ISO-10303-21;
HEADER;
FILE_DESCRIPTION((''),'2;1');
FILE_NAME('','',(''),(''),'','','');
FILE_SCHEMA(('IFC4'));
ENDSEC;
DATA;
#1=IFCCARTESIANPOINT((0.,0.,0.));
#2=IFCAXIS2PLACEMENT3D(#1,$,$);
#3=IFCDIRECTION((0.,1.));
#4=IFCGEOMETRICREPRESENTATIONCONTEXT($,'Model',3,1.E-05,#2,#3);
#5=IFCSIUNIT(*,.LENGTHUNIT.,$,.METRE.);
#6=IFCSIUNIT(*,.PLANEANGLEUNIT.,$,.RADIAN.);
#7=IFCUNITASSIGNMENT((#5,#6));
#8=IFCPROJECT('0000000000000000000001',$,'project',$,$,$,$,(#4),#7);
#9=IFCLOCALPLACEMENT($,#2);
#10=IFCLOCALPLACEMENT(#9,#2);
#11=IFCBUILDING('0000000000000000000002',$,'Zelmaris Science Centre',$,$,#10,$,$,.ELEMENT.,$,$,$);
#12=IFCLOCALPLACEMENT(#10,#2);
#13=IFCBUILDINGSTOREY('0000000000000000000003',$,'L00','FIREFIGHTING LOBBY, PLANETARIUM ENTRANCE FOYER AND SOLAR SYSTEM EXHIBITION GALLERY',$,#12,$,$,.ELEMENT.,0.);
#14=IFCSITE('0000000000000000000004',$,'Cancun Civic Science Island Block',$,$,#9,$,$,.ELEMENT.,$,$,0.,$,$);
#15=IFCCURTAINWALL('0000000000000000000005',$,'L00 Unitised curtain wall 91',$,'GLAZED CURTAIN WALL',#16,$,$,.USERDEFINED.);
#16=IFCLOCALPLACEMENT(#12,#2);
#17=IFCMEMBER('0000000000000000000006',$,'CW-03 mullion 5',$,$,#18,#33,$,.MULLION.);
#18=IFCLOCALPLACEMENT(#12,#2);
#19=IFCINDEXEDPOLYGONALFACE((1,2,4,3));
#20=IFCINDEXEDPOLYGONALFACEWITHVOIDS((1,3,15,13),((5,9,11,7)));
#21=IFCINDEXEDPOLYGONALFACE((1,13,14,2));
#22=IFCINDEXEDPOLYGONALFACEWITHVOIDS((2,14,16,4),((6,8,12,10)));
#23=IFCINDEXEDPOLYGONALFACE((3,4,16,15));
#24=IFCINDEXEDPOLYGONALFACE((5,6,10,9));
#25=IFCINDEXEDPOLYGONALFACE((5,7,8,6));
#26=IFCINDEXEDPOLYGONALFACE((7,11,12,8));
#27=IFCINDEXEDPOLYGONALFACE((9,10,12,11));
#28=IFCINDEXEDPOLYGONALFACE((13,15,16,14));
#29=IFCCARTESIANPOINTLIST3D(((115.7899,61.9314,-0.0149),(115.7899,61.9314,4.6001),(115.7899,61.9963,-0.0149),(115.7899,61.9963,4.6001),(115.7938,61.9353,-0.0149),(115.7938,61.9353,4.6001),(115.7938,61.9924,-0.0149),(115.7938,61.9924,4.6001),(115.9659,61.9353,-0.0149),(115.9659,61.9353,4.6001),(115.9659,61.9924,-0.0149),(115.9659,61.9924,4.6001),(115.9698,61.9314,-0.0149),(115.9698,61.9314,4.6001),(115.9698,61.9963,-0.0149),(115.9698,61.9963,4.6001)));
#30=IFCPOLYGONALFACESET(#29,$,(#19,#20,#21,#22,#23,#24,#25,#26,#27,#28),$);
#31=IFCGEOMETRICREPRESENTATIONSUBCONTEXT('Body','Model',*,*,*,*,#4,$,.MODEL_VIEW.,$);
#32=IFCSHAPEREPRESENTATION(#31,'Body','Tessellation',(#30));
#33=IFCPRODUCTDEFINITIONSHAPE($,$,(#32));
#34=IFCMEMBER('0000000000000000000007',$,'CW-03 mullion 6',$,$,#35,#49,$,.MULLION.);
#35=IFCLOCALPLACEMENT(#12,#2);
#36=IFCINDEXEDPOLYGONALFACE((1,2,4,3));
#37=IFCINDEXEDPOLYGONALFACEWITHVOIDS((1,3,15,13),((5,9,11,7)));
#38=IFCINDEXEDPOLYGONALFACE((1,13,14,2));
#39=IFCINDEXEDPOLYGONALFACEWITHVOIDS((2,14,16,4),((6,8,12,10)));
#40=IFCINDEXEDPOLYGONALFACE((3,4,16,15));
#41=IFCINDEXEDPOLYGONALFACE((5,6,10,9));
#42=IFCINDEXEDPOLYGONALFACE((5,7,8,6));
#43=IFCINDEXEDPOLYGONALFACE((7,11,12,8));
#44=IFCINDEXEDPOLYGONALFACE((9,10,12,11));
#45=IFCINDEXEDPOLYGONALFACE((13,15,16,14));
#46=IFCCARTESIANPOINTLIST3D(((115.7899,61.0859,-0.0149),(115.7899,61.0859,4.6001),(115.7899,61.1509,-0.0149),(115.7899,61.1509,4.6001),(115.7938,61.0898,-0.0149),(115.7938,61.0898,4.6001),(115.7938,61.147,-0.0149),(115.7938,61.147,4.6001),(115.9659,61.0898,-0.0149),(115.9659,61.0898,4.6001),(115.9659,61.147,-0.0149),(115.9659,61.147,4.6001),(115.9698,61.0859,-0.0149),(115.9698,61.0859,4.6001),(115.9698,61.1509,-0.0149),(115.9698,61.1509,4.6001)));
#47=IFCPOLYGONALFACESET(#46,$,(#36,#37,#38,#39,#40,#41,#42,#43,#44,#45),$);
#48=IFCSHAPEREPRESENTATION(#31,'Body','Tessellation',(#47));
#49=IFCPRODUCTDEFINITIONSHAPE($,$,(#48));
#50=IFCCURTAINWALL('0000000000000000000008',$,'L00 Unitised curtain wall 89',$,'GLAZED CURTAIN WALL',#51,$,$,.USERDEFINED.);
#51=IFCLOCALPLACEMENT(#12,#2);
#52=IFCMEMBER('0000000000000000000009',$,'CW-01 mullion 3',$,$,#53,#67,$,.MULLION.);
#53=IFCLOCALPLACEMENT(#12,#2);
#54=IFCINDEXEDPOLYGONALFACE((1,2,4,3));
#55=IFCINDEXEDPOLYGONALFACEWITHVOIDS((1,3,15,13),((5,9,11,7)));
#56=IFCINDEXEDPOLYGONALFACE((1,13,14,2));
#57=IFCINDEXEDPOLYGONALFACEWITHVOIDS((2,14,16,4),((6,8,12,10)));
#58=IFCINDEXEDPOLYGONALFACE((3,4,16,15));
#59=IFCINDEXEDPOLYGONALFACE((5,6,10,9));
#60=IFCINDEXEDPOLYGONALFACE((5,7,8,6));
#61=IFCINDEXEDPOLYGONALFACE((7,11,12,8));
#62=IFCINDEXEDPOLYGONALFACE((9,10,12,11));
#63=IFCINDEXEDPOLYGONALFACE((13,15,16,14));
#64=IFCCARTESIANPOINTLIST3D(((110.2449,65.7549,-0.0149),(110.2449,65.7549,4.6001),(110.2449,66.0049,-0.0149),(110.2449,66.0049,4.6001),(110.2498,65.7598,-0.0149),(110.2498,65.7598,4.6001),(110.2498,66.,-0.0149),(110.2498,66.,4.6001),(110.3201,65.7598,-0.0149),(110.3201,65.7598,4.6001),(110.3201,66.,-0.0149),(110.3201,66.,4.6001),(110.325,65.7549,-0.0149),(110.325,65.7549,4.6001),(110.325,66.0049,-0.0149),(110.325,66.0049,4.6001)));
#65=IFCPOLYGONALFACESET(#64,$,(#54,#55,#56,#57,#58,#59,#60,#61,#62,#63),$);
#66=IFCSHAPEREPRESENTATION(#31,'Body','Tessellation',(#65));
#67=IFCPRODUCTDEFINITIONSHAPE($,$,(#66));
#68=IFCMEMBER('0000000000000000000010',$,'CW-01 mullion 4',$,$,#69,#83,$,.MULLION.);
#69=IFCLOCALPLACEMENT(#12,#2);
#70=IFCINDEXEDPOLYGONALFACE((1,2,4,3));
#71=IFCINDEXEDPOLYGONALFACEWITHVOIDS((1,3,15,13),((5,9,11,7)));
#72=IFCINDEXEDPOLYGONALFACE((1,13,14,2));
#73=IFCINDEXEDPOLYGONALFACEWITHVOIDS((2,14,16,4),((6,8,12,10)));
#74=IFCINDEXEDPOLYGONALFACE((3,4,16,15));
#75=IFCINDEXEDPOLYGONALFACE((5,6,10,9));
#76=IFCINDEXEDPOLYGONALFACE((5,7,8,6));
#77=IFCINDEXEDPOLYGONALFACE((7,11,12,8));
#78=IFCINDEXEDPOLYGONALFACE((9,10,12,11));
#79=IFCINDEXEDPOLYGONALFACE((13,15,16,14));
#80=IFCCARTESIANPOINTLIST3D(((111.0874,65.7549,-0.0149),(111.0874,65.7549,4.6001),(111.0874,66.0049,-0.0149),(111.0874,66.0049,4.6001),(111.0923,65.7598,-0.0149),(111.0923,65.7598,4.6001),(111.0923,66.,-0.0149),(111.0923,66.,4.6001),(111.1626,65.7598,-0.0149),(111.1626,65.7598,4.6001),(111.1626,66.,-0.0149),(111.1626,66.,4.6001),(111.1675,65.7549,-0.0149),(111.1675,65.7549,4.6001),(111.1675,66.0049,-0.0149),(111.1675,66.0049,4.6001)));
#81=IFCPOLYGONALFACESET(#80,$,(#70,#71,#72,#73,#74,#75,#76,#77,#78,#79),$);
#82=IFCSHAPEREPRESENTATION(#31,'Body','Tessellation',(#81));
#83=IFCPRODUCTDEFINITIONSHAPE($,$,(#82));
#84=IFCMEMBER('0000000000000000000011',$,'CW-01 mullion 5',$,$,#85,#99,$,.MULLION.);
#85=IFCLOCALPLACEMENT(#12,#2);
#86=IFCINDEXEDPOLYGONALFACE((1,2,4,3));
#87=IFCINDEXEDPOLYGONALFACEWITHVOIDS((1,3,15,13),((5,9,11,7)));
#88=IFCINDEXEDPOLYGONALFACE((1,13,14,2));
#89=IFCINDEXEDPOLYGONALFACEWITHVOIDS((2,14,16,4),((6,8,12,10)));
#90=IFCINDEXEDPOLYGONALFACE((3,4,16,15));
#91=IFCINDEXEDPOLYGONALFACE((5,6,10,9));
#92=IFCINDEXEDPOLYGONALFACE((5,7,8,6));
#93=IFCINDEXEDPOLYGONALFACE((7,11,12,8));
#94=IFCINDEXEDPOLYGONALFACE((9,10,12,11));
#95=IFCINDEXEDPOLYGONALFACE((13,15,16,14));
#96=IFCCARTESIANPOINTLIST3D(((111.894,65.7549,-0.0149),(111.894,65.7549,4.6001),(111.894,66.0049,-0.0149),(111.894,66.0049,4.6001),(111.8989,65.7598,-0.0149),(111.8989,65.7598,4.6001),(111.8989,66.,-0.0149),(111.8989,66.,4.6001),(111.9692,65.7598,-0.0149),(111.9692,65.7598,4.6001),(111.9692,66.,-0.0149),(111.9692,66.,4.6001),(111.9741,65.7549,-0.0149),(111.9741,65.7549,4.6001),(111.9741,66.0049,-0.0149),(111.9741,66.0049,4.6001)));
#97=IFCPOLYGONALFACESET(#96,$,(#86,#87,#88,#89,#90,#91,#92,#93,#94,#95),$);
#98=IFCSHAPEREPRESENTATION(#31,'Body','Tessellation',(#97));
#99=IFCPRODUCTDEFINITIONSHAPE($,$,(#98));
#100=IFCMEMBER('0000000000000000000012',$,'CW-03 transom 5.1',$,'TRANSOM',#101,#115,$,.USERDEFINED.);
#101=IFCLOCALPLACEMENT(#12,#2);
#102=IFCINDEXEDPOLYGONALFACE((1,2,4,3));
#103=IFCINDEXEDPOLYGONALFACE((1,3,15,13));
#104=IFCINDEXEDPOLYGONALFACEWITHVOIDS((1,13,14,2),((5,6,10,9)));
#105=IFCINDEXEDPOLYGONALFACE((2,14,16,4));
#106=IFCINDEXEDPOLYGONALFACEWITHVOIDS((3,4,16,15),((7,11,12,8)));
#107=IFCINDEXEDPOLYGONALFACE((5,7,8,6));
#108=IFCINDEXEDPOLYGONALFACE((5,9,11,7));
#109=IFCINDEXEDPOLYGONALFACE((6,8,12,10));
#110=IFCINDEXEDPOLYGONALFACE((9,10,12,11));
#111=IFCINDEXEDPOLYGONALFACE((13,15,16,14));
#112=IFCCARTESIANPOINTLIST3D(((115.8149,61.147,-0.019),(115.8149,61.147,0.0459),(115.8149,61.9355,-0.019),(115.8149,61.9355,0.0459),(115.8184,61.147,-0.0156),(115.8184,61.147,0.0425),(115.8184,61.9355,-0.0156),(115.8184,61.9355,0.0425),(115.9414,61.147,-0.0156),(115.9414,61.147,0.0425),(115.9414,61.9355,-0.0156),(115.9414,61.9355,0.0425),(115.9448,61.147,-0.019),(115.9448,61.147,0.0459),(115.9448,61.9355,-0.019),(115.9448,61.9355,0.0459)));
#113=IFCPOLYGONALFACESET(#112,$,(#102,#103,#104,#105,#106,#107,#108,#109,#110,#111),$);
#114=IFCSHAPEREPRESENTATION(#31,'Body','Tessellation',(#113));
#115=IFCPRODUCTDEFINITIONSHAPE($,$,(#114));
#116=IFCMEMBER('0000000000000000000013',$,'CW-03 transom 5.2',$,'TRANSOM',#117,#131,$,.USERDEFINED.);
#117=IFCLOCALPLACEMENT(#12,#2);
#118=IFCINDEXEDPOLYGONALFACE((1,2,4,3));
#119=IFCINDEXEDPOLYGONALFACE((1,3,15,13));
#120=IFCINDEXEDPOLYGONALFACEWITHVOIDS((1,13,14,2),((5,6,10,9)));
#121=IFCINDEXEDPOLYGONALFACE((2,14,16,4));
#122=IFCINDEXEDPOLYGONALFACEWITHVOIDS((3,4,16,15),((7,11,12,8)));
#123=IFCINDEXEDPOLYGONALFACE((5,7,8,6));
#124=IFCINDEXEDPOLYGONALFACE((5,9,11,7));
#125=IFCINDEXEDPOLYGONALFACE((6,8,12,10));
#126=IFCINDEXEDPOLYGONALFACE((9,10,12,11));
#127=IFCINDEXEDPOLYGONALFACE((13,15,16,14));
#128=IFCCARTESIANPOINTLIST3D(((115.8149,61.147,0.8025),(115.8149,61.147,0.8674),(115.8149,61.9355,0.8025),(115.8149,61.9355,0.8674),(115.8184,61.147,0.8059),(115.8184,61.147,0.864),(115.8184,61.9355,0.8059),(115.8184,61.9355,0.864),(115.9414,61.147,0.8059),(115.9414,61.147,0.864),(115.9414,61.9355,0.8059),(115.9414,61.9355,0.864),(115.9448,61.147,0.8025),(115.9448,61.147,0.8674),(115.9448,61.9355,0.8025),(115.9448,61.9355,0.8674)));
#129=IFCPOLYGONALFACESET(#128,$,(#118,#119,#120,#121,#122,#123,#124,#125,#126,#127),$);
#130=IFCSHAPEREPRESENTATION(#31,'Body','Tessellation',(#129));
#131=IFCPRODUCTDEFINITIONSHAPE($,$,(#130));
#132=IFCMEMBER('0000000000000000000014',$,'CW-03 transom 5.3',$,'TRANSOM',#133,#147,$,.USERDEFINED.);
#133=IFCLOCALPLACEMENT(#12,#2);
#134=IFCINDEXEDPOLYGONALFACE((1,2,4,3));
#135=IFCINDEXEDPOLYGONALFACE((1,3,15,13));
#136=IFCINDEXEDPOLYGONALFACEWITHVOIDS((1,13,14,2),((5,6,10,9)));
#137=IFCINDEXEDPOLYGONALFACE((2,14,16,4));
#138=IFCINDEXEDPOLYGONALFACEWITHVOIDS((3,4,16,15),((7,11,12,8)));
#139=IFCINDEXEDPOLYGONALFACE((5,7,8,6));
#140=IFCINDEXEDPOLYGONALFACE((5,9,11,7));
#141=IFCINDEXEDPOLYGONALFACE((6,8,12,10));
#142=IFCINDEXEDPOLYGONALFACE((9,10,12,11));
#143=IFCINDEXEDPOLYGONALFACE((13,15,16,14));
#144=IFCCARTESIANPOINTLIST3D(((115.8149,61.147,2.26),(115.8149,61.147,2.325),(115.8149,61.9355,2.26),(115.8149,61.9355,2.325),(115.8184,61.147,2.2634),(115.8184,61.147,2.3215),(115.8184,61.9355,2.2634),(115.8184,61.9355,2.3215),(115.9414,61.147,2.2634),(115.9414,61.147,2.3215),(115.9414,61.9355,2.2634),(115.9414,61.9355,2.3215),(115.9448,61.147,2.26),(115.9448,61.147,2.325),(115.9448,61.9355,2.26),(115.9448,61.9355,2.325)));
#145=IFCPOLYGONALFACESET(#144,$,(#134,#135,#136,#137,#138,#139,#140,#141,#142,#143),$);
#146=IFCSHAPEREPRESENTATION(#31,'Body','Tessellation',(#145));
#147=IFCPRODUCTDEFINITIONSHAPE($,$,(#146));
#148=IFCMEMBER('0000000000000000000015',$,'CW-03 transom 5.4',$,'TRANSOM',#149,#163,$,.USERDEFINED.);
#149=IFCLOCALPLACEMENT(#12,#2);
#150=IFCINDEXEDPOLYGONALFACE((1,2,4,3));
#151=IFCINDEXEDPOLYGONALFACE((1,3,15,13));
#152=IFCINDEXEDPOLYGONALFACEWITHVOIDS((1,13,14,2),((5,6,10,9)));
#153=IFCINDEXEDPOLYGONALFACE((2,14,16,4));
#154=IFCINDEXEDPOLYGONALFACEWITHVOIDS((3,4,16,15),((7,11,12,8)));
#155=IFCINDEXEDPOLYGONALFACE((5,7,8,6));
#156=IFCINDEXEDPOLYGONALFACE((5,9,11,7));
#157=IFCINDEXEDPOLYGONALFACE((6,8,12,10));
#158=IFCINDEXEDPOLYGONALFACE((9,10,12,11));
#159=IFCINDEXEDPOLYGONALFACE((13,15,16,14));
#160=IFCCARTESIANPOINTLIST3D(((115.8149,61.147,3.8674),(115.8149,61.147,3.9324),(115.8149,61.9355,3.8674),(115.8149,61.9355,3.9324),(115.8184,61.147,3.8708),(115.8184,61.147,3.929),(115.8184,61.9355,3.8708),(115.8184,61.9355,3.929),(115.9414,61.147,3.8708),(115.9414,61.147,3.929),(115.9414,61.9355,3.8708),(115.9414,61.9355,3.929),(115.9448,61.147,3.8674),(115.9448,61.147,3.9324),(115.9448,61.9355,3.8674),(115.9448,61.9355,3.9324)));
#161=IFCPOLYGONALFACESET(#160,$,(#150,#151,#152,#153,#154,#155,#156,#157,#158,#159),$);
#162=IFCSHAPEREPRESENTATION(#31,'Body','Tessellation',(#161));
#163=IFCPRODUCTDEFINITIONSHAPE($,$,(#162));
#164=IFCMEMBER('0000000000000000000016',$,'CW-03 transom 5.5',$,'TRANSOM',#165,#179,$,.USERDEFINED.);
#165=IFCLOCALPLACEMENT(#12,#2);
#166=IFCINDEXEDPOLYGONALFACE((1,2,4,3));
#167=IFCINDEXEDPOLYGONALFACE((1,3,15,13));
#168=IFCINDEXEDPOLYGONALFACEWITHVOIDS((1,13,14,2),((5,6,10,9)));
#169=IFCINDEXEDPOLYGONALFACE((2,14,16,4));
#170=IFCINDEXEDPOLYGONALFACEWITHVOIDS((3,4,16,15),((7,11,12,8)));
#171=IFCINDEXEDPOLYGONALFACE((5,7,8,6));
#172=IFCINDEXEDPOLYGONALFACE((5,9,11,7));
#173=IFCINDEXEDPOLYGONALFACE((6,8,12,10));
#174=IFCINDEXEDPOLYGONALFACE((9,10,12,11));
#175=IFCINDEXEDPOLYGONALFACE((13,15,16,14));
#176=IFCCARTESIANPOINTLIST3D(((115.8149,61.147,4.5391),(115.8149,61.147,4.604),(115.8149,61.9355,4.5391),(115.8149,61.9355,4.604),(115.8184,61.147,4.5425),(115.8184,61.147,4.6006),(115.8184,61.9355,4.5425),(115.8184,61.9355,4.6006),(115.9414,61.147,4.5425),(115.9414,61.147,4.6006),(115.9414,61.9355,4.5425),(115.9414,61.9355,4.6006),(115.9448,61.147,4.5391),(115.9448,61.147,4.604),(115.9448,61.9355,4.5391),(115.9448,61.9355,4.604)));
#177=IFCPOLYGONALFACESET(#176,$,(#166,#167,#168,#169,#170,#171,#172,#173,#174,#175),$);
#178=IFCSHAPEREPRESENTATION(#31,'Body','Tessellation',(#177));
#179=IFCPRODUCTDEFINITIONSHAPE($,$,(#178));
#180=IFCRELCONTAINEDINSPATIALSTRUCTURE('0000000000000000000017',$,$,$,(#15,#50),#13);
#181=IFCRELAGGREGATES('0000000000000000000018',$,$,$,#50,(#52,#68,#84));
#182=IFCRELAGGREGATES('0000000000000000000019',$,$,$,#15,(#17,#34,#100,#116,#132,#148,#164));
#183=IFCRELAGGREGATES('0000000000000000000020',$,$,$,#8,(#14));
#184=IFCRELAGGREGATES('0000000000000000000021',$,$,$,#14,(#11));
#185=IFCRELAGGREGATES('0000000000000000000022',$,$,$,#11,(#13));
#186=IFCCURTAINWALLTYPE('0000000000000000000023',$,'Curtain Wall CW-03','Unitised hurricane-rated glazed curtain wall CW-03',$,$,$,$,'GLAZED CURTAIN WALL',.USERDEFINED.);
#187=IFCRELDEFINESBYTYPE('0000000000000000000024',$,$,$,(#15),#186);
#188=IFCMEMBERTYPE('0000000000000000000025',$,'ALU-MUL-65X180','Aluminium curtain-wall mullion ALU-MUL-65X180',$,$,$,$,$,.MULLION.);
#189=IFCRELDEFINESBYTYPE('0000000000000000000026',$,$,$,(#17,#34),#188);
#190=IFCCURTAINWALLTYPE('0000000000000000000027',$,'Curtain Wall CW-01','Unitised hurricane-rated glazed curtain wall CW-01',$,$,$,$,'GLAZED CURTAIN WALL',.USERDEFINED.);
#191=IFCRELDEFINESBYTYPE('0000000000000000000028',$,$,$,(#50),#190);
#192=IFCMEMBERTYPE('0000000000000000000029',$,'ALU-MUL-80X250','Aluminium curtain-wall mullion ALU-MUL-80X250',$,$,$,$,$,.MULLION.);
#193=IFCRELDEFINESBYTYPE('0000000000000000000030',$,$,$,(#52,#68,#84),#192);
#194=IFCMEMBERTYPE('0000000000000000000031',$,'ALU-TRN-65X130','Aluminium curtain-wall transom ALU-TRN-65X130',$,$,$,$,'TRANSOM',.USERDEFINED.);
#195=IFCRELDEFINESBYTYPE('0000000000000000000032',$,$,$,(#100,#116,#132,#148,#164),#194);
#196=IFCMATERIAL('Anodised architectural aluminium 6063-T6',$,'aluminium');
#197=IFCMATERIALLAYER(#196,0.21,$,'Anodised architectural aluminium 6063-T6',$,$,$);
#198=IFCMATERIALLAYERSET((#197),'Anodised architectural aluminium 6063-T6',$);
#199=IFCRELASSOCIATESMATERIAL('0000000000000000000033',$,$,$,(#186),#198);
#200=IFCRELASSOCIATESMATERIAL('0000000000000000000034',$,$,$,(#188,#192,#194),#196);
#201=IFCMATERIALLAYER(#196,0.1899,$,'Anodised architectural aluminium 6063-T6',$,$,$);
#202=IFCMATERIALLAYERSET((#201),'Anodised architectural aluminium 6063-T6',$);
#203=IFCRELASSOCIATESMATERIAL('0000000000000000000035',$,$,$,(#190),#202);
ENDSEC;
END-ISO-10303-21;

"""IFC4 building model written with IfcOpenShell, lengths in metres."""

from ifc_helpers import new_model, si_unit, direction, frame, origin, origin_2d, place, context, subcontext, project, spatial, hollow_rectangle, extrude, material, layer, layer_set, material_profile, profile_set, type_object, element, aggregate, save


model = new_model("IFC4")

# Units and contexts
model_context = context("Model", 3, precision=1e-05, world=origin(), true_north=direction((0.0, 1.0)))
body_context = subcontext(model_context, "Body", "Model", "MODEL_VIEW")
ifc_project = project(units=[si_unit("LENGTHUNIT", "METRE"), si_unit("PLANEANGLEUNIT", "RADIAN")], contexts=[model_context])

# Site, building, storey
site_placement = place(None, origin())
site = spatial("IfcSite", under=ifc_project, at=site_placement, Name="Cancun Civic Science Island Block", CompositionType="ELEMENT", RefElevation=0.0)
building_placement = place(site_placement, origin())
building = spatial("IfcBuilding", under=site, at=building_placement, Name="Zelmaris Science Centre", CompositionType="ELEMENT")
storey_placement = place(building_placement, origin())
storey = spatial("IfcBuildingStorey", under=building, at=storey_placement, Name="L00", Description="FIREFIGHTING LOBBY, PLANETARIUM ENTRANCE FOYER AND SOLAR SYSTEM EXHIBITION GALLERY", CompositionType="ELEMENT", Elevation=0.0)

# Curtain walls, members
ifc_material_1 = material(Name="Anodised architectural aluminium 6063-T6", Category="aluminium")
ifc_layer_1 = layer(ifc_material_1, 0.21, Name="Anodised architectural aluminium 6063-T6")
ifc_layer_set_1 = layer_set([ifc_layer_1], Name="Anodised architectural aluminium 6063-T6")
curtain_wall_type_1 = type_object("IfcCurtainWallType", Name="Curtain Wall CW-03", Description="Unitised hurricane-rated glazed curtain wall CW-03", ElementType="GLAZED CURTAIN WALL", PredefinedType="USERDEFINED", material=ifc_layer_set_1)
curtain_wall_1_placement = place(storey_placement, origin())
curtain_wall_1 = element("IfcCurtainWall", 1, at=curtain_wall_1_placement, inside=storey, type_object=curtain_wall_type_1, Name="L00 Unitised curtain wall 91", ObjectType="GLAZED CURTAIN WALL", PredefinedType="USERDEFINED")
ifc_material_profile_1 = material_profile(ifc_material_1, hollow_rectangle(XDim=0.0649, YDim=0.1799, WallThickness=0.0039, at=origin_2d()), Name="ALU-MUL-65X180")
ifc_profile_set_1 = profile_set([ifc_material_profile_1], Name="Anodised architectural aluminium 6063-T6")
member_type_1 = type_object("IfcMemberType", Name="ALU-MUL-65X180", Description="Aluminium curtain-wall mullion ALU-MUL-65X180", PredefinedType="MULLION", material=ifc_profile_set_1)
member_1_placement = place(storey_placement, frame((115.8799, 61.9639, -0.0149), z_axis=(0.0, 0.0, 1.0), x_axis=(0.000007, -1.0, 0.0)))
member_1 = element("IfcMember", 2, at=member_1_placement, type_object=member_type_1, Name="CW-03 mullion 5", PredefinedType="MULLION", context=body_context, shape_type="SweptSolid", body=[
    extrude(hollow_rectangle(XDim=0.0649, YDim=0.1799, WallThickness=0.0039, at=origin_2d()), origin(), (0.0, 0.0, 1.0), 4.615),
])
member_2_placement = place(storey_placement, frame((115.8799, 61.1184, -0.0149), z_axis=(0.0, 0.0, 1.0), x_axis=(0.000007, -1.0, 0.0)))
member_2 = element("IfcMember", 3, at=member_2_placement, type_object=member_type_1, Name="CW-03 mullion 6", PredefinedType="MULLION", context=body_context, shape_type="SweptSolid", body=[
    extrude(hollow_rectangle(XDim=0.0649, YDim=0.1799, WallThickness=0.0039, at=origin_2d()), origin(), (0.0, 0.0, 1.0), 4.615),
])
ifc_layer_2 = layer(ifc_material_1, 0.1899, Name="Anodised architectural aluminium 6063-T6")
ifc_layer_set_2 = layer_set([ifc_layer_2], Name="Anodised architectural aluminium 6063-T6")
curtain_wall_type_2 = type_object("IfcCurtainWallType", Name="Curtain Wall CW-01", Description="Unitised hurricane-rated glazed curtain wall CW-01", ElementType="GLAZED CURTAIN WALL", PredefinedType="USERDEFINED", material=ifc_layer_set_2)
curtain_wall_2_placement = place(storey_placement, origin())
curtain_wall_2 = element("IfcCurtainWall", 4, at=curtain_wall_2_placement, inside=storey, type_object=curtain_wall_type_2, Name="L00 Unitised curtain wall 89", ObjectType="GLAZED CURTAIN WALL", PredefinedType="USERDEFINED")
ifc_material_profile_2 = material_profile(ifc_material_1, hollow_rectangle(XDim=0.0801, YDim=0.25, WallThickness=0.0049, at=origin_2d()), Name="ALU-MUL-80X250")
ifc_profile_set_2 = profile_set([ifc_material_profile_2], Name="Anodised architectural aluminium 6063-T6")
member_type_2 = type_object("IfcMemberType", Name="ALU-MUL-80X250", Description="Aluminium curtain-wall mullion ALU-MUL-80X250", PredefinedType="MULLION", material=ifc_profile_set_2)
member_3_placement = place(storey_placement, frame((110.2849, 65.8799, -0.0149), z_axis=(0.0, 0.0, 1.0), x_axis=(1.0, -0.000009, 0.0)))
member_3 = element("IfcMember", 5, at=member_3_placement, type_object=member_type_2, Name="CW-01 mullion 3", PredefinedType="MULLION", context=body_context, shape_type="SweptSolid", body=[
    extrude(hollow_rectangle(XDim=0.0801, YDim=0.25, WallThickness=0.0049, at=origin_2d()), origin(), (0.0, 0.0, 1.0), 4.615),
])
member_4_placement = place(storey_placement, frame((111.1274, 65.8799, -0.0149), z_axis=(0.0, 0.0, 1.0), x_axis=(1.0, -0.000009, 0.0)))
member_4 = element("IfcMember", 6, at=member_4_placement, type_object=member_type_2, Name="CW-01 mullion 4", PredefinedType="MULLION", context=body_context, shape_type="SweptSolid", body=[
    extrude(hollow_rectangle(XDim=0.0801, YDim=0.25, WallThickness=0.0049, at=origin_2d()), origin(), (0.0, 0.0, 1.0), 4.615),
])
member_5_placement = place(storey_placement, frame((111.9341, 65.8799, -0.0149), z_axis=(0.0, 0.0, 1.0), x_axis=(1.0, -0.000009, 0.0)))
member_5 = element("IfcMember", 7, at=member_5_placement, type_object=member_type_2, Name="CW-01 mullion 5", PredefinedType="MULLION", context=body_context, shape_type="SweptSolid", body=[
    extrude(hollow_rectangle(XDim=0.0801, YDim=0.25, WallThickness=0.0049, at=origin_2d()), origin(), (0.0, 0.0, 1.0), 4.615),
])

# Members
ifc_material_profile_3 = material_profile(ifc_material_1, hollow_rectangle(XDim=0.0649, YDim=0.1299, WallThickness=0.0034, at=origin_2d()), Name="ALU-TRN-65X130")
ifc_profile_set_3 = profile_set([ifc_material_profile_3], Name="Anodised architectural aluminium 6063-T6")
member_type_3 = type_object("IfcMemberType", Name="ALU-TRN-65X130", Description="Aluminium curtain-wall transom ALU-TRN-65X130", ElementType="TRANSOM", PredefinedType="USERDEFINED", material=ifc_profile_set_3)
member_6_placement = place(storey_placement, frame((115.8799, 61.9355, 0.0134), z_axis=(0.0, -1.0, 0.0), x_axis=(0.0, 0.0, 1.0)))
member_6 = element("IfcMember", 8, at=member_6_placement, type_object=member_type_3, Name="CW-03 transom 5.1", ObjectType="TRANSOM", PredefinedType="USERDEFINED", context=body_context, shape_type="SweptSolid", body=[
    extrude(hollow_rectangle(XDim=0.0649, YDim=0.1299, WallThickness=0.0034, at=origin_2d()), origin(), (0.0, 0.0, 1.0), 0.7886),
])
member_7_placement = place(storey_placement, frame((115.8799, 61.9355, 0.835), z_axis=(0.0, -1.0, 0.0), x_axis=(0.0, 0.0, 1.0)))
member_7 = element("IfcMember", 9, at=member_7_placement, type_object=member_type_3, Name="CW-03 transom 5.2", ObjectType="TRANSOM", PredefinedType="USERDEFINED", context=body_context, shape_type="SweptSolid", body=[
    extrude(hollow_rectangle(XDim=0.0649, YDim=0.1299, WallThickness=0.0034, at=origin_2d()), origin(), (0.0, 0.0, 1.0), 0.7886),
])
member_8_placement = place(storey_placement, frame((115.8799, 61.9355, 2.2925), z_axis=(0.0, -1.0, 0.0), x_axis=(0.0, 0.0, 1.0)))
member_8 = element("IfcMember", 10, at=member_8_placement, type_object=member_type_3, Name="CW-03 transom 5.3", ObjectType="TRANSOM", PredefinedType="USERDEFINED", context=body_context, shape_type="SweptSolid", body=[
    extrude(hollow_rectangle(XDim=0.0649, YDim=0.1299, WallThickness=0.0034, at=origin_2d()), origin(), (0.0, 0.0, 1.0), 0.7886),
])
member_9_placement = place(storey_placement, frame((115.8799, 61.9355, 3.8999), z_axis=(0.0, -1.0, 0.0), x_axis=(0.0, 0.0, 1.0)))
member_9 = element("IfcMember", 11, at=member_9_placement, type_object=member_type_3, Name="CW-03 transom 5.4", ObjectType="TRANSOM", PredefinedType="USERDEFINED", context=body_context, shape_type="SweptSolid", body=[
    extrude(hollow_rectangle(XDim=0.0649, YDim=0.1299, WallThickness=0.0034, at=origin_2d()), origin(), (0.0, 0.0, 1.0), 0.7886),
])
member_10_placement = place(storey_placement, frame((115.8799, 61.9355, 4.5715), z_axis=(0.0, -1.0, 0.0), x_axis=(0.0, 0.0, 1.0)))
member_10 = element("IfcMember", 12, at=member_10_placement, type_object=member_type_3, Name="CW-03 transom 5.5", ObjectType="TRANSOM", PredefinedType="USERDEFINED", context=body_context, shape_type="SweptSolid", body=[
    extrude(hollow_rectangle(XDim=0.0649, YDim=0.1299, WallThickness=0.0034, at=origin_2d()), origin(), (0.0, 0.0, 1.0), 0.7886),
])

aggregate(curtain_wall_2, [member_3, member_4, member_5])
aggregate(curtain_wall_1, [member_1, member_2, member_6, member_7, member_8, member_9, member_10])

save(model, "model.ifc")
